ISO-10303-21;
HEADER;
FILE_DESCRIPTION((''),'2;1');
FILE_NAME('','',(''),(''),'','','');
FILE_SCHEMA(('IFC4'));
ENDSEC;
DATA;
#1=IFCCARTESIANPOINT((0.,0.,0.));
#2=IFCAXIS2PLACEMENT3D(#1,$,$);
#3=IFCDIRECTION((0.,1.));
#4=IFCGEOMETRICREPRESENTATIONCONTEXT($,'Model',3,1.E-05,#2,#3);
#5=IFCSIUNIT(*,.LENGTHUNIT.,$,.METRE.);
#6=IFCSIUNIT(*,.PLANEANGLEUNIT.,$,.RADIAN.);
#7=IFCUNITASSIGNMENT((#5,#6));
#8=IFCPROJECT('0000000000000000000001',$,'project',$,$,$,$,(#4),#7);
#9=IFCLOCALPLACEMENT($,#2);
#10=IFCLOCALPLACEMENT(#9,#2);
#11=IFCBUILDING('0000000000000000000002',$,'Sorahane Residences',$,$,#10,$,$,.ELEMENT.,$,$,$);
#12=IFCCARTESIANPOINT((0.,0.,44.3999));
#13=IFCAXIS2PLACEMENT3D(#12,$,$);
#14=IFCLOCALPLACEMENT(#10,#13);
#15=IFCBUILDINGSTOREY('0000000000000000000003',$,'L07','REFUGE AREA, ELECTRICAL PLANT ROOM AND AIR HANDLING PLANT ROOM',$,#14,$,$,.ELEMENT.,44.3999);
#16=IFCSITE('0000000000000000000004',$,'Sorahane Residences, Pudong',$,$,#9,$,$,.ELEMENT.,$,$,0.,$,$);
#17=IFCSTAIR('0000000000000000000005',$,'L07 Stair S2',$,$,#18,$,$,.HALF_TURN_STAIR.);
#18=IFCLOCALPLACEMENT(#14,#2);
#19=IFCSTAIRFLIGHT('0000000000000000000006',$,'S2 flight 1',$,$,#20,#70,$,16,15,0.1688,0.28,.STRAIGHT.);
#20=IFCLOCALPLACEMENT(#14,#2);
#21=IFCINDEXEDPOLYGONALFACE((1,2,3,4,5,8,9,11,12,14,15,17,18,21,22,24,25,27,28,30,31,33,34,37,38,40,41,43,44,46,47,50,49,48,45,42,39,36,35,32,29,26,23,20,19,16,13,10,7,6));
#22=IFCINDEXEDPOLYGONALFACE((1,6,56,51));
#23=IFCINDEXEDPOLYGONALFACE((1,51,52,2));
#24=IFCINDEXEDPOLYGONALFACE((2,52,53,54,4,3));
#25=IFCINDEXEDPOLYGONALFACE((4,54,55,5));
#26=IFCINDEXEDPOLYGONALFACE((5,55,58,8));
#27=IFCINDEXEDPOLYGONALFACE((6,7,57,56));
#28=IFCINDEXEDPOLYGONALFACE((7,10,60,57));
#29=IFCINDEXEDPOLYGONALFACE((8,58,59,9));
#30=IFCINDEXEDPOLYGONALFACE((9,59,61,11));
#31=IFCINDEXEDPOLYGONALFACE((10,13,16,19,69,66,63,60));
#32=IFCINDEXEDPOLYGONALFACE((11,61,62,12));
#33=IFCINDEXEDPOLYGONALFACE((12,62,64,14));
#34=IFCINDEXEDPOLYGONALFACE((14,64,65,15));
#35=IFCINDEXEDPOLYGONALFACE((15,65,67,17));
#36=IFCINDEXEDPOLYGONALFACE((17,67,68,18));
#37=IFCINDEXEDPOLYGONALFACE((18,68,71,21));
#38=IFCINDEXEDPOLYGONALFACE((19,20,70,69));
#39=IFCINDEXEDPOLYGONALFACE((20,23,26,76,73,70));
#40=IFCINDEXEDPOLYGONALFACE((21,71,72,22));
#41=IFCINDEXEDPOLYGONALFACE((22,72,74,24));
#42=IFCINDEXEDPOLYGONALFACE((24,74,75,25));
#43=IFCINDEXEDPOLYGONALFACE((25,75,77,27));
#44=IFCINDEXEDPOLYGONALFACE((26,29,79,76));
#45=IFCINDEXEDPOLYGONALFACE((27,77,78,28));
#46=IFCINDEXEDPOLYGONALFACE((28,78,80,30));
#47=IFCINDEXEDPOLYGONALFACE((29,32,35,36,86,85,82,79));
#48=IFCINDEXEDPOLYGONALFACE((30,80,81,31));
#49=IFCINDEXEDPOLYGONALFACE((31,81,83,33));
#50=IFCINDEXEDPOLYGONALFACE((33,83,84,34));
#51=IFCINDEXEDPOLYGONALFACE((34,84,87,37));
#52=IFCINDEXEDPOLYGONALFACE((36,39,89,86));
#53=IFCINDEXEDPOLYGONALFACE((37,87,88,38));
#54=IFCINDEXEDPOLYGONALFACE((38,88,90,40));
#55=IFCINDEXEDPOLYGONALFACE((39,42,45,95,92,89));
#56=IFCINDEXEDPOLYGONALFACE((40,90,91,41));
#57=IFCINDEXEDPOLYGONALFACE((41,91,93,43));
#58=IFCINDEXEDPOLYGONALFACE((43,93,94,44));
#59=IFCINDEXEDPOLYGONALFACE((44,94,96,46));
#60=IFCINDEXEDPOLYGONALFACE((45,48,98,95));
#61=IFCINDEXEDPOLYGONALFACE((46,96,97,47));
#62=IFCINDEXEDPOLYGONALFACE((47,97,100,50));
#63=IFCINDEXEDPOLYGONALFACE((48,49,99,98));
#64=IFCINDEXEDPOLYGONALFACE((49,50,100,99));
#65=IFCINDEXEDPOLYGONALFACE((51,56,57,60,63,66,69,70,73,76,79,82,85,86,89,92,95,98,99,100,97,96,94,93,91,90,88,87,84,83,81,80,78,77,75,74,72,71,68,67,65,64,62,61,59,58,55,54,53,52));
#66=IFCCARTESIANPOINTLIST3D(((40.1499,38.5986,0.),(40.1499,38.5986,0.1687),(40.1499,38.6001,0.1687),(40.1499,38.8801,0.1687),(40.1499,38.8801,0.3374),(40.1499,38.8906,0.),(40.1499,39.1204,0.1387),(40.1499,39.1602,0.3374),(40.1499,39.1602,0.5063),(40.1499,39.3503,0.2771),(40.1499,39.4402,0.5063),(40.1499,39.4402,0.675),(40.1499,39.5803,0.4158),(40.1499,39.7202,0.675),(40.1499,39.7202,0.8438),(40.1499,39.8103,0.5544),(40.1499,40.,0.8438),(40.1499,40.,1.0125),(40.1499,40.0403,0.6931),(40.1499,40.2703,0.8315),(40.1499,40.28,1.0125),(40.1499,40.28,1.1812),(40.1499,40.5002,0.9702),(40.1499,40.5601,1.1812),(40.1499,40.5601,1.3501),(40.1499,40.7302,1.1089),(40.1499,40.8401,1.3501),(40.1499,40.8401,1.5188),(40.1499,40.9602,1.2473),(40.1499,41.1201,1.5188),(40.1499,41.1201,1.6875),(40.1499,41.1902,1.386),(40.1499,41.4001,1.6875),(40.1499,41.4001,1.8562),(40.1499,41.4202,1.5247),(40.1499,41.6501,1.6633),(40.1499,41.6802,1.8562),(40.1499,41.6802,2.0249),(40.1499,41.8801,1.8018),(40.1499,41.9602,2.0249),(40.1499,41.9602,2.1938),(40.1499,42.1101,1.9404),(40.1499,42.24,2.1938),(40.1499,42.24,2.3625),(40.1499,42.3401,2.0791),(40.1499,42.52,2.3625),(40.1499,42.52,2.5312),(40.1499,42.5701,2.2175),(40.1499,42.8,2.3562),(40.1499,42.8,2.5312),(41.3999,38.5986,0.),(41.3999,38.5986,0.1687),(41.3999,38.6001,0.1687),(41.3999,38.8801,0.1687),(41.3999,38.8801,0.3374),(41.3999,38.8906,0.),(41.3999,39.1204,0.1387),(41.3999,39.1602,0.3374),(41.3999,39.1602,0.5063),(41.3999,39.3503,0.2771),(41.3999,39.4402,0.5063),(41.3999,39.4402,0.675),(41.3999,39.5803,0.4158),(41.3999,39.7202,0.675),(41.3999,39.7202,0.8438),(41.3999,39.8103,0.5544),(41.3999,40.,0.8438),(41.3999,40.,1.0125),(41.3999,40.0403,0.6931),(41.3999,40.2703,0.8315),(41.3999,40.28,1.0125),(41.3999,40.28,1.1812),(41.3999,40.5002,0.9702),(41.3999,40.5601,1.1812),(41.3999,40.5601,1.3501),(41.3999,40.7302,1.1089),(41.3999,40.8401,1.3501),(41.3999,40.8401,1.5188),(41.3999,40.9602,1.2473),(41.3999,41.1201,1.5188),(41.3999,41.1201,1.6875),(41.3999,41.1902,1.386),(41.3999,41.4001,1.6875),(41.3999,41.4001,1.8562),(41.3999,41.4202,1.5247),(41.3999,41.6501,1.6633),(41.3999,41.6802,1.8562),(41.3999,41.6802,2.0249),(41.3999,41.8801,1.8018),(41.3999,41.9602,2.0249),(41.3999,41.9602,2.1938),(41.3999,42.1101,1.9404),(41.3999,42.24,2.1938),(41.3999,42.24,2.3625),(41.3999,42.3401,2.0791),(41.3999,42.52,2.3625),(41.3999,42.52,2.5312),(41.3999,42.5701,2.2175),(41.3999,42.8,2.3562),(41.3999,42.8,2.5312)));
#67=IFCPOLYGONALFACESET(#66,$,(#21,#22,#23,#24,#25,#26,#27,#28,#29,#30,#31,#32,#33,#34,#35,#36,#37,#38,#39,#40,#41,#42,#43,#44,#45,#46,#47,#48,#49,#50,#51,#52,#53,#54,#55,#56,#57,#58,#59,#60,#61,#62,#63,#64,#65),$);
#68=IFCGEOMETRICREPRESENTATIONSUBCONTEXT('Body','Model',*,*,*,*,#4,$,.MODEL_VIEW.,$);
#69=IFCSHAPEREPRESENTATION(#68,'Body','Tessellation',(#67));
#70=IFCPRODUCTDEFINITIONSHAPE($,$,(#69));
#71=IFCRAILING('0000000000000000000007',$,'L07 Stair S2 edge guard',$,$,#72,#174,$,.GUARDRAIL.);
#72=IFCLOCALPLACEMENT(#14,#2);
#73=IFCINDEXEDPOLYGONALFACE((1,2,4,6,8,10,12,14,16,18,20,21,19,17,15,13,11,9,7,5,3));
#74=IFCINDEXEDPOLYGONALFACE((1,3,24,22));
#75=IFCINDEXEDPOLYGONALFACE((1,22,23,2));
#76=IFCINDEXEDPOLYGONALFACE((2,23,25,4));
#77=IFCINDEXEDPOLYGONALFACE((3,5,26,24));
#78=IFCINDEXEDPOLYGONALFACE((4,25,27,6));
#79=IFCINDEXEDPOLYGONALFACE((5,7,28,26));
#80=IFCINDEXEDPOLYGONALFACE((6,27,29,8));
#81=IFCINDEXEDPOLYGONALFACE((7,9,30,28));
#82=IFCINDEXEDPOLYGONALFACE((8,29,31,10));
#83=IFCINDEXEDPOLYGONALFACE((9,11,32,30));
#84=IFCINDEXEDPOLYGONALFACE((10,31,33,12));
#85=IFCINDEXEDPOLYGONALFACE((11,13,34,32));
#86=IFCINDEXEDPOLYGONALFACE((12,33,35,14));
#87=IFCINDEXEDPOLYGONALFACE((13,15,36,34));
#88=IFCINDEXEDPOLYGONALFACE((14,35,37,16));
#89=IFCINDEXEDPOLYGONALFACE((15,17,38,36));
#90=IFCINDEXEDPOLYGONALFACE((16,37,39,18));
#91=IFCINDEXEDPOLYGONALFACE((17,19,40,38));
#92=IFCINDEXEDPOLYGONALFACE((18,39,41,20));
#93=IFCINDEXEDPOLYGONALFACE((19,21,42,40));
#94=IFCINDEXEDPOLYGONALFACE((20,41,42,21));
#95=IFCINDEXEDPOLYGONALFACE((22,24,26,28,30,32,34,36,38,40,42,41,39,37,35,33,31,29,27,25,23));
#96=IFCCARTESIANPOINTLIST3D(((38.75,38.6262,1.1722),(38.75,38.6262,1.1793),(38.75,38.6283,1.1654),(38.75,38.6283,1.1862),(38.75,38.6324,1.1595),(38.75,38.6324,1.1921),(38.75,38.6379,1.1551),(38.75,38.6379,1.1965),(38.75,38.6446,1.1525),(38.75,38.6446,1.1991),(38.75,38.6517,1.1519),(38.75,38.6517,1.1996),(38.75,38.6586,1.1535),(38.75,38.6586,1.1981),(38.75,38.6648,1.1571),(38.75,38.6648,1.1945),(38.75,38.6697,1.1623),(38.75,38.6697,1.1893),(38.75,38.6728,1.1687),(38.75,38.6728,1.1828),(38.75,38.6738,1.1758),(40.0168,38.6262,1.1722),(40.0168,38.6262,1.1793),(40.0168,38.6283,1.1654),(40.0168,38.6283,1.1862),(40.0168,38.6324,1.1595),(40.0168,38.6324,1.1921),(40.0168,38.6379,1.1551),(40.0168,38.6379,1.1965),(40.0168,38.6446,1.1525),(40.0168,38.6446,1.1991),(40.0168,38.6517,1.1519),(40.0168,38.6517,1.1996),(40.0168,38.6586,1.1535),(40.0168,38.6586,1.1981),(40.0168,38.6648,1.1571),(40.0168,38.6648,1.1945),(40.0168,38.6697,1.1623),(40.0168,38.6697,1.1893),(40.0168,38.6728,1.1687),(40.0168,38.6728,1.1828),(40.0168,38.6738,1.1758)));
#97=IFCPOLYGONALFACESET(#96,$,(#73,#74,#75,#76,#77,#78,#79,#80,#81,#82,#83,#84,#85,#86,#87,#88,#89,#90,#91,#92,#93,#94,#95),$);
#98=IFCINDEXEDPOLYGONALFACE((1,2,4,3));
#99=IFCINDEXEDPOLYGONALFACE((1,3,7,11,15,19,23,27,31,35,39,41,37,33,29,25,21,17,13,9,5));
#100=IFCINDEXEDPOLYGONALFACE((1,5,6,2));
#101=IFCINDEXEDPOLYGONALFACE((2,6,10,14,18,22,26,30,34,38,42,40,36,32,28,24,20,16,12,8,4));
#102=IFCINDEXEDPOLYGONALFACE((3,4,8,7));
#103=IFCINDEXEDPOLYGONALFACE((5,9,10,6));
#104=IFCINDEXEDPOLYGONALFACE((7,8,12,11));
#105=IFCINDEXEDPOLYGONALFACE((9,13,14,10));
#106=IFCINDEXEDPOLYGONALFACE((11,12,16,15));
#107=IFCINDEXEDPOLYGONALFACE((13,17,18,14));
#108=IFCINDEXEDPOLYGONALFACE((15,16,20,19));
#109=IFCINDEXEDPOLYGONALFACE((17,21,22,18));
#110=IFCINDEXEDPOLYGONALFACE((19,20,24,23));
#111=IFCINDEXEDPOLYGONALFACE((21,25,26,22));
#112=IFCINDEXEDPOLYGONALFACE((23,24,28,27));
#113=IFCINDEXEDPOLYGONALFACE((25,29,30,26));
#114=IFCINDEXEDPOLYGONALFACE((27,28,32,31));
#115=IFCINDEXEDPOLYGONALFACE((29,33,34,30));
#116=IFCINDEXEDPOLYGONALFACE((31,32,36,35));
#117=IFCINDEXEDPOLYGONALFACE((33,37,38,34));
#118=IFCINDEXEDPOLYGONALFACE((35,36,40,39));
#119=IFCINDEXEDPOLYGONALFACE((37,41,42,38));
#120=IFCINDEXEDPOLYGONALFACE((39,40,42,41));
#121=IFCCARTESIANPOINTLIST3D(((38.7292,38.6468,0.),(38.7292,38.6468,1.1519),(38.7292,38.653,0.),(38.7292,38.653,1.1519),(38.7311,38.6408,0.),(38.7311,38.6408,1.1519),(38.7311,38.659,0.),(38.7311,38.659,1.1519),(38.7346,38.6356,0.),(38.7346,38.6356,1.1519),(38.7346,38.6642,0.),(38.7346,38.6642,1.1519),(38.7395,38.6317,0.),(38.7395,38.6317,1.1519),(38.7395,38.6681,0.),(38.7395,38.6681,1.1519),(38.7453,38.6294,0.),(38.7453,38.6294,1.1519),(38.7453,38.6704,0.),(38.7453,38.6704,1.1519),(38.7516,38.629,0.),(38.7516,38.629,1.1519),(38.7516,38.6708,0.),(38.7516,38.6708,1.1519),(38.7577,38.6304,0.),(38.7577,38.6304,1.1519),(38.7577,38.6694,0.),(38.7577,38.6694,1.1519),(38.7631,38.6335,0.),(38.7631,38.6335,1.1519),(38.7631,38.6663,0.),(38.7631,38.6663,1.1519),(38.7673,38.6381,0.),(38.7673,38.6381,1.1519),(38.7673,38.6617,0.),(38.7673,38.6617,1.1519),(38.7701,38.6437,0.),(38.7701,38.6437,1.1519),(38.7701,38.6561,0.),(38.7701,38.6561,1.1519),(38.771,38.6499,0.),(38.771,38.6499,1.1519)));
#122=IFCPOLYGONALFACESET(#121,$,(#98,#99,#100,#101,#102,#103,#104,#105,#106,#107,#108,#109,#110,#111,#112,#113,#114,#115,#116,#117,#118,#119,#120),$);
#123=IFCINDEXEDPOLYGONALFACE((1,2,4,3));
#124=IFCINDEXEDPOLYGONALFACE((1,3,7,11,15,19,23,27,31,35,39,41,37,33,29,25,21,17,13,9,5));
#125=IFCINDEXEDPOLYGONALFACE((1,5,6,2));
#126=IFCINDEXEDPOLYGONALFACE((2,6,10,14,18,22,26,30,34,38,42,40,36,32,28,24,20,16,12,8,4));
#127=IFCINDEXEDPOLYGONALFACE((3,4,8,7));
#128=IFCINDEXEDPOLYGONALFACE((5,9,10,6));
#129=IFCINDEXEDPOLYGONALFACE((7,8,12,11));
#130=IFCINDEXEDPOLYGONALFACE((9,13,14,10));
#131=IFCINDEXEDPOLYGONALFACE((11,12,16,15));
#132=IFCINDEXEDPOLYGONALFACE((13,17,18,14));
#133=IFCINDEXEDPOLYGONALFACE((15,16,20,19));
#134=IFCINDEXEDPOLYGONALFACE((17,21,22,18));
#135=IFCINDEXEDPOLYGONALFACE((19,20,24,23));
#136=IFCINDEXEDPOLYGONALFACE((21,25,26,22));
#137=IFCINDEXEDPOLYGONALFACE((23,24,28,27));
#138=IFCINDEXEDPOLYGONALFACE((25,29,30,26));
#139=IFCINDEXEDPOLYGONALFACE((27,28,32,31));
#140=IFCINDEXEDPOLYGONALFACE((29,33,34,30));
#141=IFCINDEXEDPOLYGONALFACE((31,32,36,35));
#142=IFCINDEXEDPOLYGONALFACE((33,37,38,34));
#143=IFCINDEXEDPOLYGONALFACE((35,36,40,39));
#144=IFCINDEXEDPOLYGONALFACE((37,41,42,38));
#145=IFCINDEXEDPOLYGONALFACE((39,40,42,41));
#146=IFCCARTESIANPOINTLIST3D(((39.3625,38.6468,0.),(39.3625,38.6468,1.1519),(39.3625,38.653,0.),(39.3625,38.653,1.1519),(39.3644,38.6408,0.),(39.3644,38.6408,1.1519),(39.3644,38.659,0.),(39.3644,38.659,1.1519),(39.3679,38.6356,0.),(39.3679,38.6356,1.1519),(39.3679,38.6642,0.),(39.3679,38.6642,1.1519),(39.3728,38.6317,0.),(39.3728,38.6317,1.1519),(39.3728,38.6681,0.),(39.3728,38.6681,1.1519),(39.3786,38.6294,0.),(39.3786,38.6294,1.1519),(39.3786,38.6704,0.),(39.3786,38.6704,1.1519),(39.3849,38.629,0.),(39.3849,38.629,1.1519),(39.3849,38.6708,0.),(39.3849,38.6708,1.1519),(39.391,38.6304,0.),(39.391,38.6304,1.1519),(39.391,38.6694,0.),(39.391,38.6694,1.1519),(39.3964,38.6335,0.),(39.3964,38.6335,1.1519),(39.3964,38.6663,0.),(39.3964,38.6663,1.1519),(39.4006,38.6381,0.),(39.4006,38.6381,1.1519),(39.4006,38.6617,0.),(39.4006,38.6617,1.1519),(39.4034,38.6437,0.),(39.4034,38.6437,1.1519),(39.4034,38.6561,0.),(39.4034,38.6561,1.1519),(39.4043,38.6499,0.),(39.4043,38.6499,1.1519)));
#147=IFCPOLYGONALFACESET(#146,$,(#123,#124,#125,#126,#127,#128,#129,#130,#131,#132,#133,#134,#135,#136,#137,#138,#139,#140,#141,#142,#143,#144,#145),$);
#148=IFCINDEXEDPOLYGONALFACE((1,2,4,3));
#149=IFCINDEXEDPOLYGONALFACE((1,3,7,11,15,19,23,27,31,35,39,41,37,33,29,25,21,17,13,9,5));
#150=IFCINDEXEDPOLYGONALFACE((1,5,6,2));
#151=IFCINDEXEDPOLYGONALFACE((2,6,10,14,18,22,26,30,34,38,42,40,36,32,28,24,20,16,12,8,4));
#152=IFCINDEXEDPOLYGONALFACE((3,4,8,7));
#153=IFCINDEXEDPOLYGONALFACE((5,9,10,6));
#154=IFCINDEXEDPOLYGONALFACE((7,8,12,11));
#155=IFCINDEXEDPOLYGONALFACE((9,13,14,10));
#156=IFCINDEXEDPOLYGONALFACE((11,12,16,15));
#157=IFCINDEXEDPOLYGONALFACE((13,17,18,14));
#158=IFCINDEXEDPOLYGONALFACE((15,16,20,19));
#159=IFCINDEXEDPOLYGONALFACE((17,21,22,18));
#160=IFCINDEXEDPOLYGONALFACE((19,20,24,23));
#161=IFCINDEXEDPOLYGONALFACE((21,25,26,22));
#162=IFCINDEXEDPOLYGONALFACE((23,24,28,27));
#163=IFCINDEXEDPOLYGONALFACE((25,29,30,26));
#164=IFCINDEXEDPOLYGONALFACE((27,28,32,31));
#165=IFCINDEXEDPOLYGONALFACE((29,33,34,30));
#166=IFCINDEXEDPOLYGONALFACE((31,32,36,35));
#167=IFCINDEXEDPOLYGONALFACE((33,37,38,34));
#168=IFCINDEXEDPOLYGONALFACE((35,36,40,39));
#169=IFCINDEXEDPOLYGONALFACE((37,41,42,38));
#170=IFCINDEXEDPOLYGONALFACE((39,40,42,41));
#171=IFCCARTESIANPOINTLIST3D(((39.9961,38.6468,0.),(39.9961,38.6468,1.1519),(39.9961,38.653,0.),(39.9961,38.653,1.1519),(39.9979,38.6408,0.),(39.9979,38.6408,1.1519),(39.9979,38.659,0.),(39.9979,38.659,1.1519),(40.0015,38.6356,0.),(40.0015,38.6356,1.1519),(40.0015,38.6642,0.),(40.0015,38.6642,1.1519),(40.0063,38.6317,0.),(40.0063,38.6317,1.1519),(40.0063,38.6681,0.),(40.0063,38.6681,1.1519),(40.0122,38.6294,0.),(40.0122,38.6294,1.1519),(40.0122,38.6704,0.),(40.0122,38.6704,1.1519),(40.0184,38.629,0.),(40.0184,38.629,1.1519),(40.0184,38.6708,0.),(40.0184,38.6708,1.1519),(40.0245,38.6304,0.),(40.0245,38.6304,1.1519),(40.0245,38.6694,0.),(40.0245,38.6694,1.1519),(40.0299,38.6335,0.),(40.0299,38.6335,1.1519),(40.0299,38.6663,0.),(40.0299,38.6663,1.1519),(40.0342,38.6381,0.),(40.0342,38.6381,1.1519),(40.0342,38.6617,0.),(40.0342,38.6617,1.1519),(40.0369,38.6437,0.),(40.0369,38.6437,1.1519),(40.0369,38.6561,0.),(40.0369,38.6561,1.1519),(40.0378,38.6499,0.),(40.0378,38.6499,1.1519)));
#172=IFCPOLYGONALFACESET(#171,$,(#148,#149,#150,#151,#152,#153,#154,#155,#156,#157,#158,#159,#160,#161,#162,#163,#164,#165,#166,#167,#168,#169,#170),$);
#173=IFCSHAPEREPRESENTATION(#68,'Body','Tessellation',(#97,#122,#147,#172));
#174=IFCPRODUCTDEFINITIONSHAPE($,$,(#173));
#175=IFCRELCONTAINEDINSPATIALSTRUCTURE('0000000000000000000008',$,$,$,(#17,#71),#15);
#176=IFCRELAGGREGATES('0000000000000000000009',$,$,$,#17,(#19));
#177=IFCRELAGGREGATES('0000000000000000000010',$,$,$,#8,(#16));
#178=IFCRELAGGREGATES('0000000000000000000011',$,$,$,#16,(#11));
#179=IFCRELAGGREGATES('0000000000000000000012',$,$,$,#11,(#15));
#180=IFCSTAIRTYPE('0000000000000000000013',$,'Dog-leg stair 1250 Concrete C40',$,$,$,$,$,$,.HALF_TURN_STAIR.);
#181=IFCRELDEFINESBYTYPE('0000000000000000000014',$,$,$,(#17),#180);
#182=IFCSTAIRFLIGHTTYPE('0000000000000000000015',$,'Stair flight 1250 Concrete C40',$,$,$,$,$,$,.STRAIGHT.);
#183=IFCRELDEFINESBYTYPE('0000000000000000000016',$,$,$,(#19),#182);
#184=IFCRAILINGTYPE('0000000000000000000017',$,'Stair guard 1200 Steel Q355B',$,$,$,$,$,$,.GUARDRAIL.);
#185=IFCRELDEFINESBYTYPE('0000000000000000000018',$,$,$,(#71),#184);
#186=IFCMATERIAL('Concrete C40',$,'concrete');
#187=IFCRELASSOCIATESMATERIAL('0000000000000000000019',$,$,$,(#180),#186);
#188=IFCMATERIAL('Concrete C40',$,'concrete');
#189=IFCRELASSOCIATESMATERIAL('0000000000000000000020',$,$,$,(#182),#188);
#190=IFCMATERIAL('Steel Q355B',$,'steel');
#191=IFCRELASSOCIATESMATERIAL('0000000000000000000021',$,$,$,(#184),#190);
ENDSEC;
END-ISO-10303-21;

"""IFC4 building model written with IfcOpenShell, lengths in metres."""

from ifc_helpers import new_model, si_unit, direction, frame, origin, origin_2d, place, context, subcontext, project, spatial, polyline, circle, outline, extrude, material, type_object, element, aggregate, save


model = new_model("IFC4")

# Units and contexts
model_context = context("Model", 3, precision=1e-05, world=origin(), true_north=direction((0.0, 1.0)))
body_context = subcontext(model_context, "Body", "Model", "MODEL_VIEW")
ifc_project = project(units=[si_unit("LENGTHUNIT", "METRE"), si_unit("PLANEANGLEUNIT", "RADIAN")], contexts=[model_context])

# Site, building, storey
site_placement = place(None, origin())
site = spatial("IfcSite", under=ifc_project, at=site_placement, Name="Sorahane Residences, Pudong", CompositionType="ELEMENT", RefElevation=0.0)
building_placement = place(site_placement, origin())
building = spatial("IfcBuilding", under=site, at=building_placement, Name="Sorahane Residences", CompositionType="ELEMENT")
storey_placement = place(building_placement, frame((0.0, 0.0, 44.3999)))
storey = spatial("IfcBuildingStorey", under=building, at=storey_placement, Name="L07", Description="REFUGE AREA, ELECTRICAL PLANT ROOM AND AIR HANDLING PLANT ROOM", CompositionType="ELEMENT", Elevation=44.3999)

# Stair, stair flight
ifc_material_1 = material(Name="Concrete C40", Category="concrete")
stair_type = type_object("IfcStairType", Name="Dog-leg stair 1250 Concrete C40", PredefinedType="HALF_TURN_STAIR", material=ifc_material_1)
stair_placement = place(storey_placement, origin())
stair = element("IfcStair", 1, at=stair_placement, inside=storey, type_object=stair_type, Name="L07 Stair S2", PredefinedType="HALF_TURN_STAIR")
ifc_material_2 = material(Name="Concrete C40", Category="concrete")
stair_flight_type = type_object("IfcStairFlightType", Name="Stair flight 1250 Concrete C40", PredefinedType="STRAIGHT", material=ifc_material_2)
stair_flight_placement = place(storey_placement, frame((40.7749, 38.6001, 0.0), z_axis=(0.0, 0.0, 1.0), x_axis=(0.0, 1.0, 0.0)))
stair_flight = element("IfcStairFlight", 2, at=stair_flight_placement, type_object=stair_flight_type, Name="S2 flight 1", NumberOfRisers=16, NumberOfTreads=15, PredefinedType="STRAIGHT", RiserHeight=0.1688, TreadLength=0.28, context=body_context, shape_type="SweptSolid", body=[
    extrude(outline(polyline([(-0.0015, 0.0), (-0.0015, 0.1687), (0.0, 0.1687), (0.28, 0.1687), (0.28, 0.3374), (0.5601, 0.3374), (0.5601, 0.5063), (0.8401, 0.5063), (0.8401, 0.675), (1.1201, 0.675), (1.1201, 0.8438), (1.3999, 0.8438), (1.3999, 1.0125), (1.6799, 1.0125), (1.6799, 1.1812), (1.96, 1.1812), (1.96, 1.3501), (2.24, 1.3501), (2.24, 1.5188), (2.52, 1.5188), (2.52, 1.6875), (2.8, 1.6875), (2.8, 1.8562), (3.0801, 1.8562), (3.0801, 2.0249), (3.3601, 2.0249), (3.3601, 2.1938), (3.6399, 2.1938), (3.6399, 2.3625), (3.9199, 2.3625), (3.9199, 2.5312), (4.2, 2.5312), (4.2, 2.7), (4.2, 2.3562), (3.97, 2.2175), (3.74, 2.0791), (3.51, 1.9404), (3.28, 1.8018), (3.05, 1.6633), (2.8201, 1.5247), (2.5901, 1.386), (2.3601, 1.2473), (2.1301, 1.1089), (1.9001, 0.9702), (1.6702, 0.8315), (1.4402, 0.6931), (1.2102, 0.5544), (0.9802, 0.4158), (0.7502, 0.2771), (0.5203, 0.1387), (0.2905, 0.0), (-0.0015, 0.0)])), frame((0.0, 0.625, 0.0), z_axis=(0.0, -1.0, 0.0), x_axis=(1.0, 0.0, 0.0)), (0.0, 0.0, 1.0), 1.25),
])
aggregate(stair, [stair_flight])

# Railing
ifc_material_3 = material(Name="Steel Q355B", Category="steel")
railing_type_1 = type_object("IfcRailingType", Name="Stair guard 1200 Steel Q355B", PredefinedType="GUARDRAIL", material=ifc_material_3)
for number, where, name in (
    (3, (38.75, 38.6499, 0.0), "L07 Stair S2 edge guard"),
):
    element("IfcRailing", number, at=place(storey_placement, frame(where)), inside=storey, type_object=railing_type_1, Name=name, PredefinedType="GUARDRAIL", context=body_context, shape_type="SweptSolid", body=[
        extrude(circle(Radius=0.0239, at=origin_2d()), frame((0.0, 0.0, 1.1758), z_axis=(1.0, 0.0, 0.0), x_axis=(0.0, 1.0, 0.0)), (0.0, 0.0, 1.0), 1.2668),
        extrude(circle(Radius=0.021, at=origin_2d()), origin(), (0.0, 0.0, 1.0), 1.1519),
        extrude(circle(Radius=0.021, at=origin_2d()), frame((0.6333, 0.0, 0.0)), (0.0, 0.0, 1.0), 1.1519),
        extrude(circle(Radius=0.021, at=origin_2d()), frame((1.2668, 0.0, 0.0)), (0.0, 0.0, 1.0), 1.1519),
    ])

save(model, "model.ifc")
